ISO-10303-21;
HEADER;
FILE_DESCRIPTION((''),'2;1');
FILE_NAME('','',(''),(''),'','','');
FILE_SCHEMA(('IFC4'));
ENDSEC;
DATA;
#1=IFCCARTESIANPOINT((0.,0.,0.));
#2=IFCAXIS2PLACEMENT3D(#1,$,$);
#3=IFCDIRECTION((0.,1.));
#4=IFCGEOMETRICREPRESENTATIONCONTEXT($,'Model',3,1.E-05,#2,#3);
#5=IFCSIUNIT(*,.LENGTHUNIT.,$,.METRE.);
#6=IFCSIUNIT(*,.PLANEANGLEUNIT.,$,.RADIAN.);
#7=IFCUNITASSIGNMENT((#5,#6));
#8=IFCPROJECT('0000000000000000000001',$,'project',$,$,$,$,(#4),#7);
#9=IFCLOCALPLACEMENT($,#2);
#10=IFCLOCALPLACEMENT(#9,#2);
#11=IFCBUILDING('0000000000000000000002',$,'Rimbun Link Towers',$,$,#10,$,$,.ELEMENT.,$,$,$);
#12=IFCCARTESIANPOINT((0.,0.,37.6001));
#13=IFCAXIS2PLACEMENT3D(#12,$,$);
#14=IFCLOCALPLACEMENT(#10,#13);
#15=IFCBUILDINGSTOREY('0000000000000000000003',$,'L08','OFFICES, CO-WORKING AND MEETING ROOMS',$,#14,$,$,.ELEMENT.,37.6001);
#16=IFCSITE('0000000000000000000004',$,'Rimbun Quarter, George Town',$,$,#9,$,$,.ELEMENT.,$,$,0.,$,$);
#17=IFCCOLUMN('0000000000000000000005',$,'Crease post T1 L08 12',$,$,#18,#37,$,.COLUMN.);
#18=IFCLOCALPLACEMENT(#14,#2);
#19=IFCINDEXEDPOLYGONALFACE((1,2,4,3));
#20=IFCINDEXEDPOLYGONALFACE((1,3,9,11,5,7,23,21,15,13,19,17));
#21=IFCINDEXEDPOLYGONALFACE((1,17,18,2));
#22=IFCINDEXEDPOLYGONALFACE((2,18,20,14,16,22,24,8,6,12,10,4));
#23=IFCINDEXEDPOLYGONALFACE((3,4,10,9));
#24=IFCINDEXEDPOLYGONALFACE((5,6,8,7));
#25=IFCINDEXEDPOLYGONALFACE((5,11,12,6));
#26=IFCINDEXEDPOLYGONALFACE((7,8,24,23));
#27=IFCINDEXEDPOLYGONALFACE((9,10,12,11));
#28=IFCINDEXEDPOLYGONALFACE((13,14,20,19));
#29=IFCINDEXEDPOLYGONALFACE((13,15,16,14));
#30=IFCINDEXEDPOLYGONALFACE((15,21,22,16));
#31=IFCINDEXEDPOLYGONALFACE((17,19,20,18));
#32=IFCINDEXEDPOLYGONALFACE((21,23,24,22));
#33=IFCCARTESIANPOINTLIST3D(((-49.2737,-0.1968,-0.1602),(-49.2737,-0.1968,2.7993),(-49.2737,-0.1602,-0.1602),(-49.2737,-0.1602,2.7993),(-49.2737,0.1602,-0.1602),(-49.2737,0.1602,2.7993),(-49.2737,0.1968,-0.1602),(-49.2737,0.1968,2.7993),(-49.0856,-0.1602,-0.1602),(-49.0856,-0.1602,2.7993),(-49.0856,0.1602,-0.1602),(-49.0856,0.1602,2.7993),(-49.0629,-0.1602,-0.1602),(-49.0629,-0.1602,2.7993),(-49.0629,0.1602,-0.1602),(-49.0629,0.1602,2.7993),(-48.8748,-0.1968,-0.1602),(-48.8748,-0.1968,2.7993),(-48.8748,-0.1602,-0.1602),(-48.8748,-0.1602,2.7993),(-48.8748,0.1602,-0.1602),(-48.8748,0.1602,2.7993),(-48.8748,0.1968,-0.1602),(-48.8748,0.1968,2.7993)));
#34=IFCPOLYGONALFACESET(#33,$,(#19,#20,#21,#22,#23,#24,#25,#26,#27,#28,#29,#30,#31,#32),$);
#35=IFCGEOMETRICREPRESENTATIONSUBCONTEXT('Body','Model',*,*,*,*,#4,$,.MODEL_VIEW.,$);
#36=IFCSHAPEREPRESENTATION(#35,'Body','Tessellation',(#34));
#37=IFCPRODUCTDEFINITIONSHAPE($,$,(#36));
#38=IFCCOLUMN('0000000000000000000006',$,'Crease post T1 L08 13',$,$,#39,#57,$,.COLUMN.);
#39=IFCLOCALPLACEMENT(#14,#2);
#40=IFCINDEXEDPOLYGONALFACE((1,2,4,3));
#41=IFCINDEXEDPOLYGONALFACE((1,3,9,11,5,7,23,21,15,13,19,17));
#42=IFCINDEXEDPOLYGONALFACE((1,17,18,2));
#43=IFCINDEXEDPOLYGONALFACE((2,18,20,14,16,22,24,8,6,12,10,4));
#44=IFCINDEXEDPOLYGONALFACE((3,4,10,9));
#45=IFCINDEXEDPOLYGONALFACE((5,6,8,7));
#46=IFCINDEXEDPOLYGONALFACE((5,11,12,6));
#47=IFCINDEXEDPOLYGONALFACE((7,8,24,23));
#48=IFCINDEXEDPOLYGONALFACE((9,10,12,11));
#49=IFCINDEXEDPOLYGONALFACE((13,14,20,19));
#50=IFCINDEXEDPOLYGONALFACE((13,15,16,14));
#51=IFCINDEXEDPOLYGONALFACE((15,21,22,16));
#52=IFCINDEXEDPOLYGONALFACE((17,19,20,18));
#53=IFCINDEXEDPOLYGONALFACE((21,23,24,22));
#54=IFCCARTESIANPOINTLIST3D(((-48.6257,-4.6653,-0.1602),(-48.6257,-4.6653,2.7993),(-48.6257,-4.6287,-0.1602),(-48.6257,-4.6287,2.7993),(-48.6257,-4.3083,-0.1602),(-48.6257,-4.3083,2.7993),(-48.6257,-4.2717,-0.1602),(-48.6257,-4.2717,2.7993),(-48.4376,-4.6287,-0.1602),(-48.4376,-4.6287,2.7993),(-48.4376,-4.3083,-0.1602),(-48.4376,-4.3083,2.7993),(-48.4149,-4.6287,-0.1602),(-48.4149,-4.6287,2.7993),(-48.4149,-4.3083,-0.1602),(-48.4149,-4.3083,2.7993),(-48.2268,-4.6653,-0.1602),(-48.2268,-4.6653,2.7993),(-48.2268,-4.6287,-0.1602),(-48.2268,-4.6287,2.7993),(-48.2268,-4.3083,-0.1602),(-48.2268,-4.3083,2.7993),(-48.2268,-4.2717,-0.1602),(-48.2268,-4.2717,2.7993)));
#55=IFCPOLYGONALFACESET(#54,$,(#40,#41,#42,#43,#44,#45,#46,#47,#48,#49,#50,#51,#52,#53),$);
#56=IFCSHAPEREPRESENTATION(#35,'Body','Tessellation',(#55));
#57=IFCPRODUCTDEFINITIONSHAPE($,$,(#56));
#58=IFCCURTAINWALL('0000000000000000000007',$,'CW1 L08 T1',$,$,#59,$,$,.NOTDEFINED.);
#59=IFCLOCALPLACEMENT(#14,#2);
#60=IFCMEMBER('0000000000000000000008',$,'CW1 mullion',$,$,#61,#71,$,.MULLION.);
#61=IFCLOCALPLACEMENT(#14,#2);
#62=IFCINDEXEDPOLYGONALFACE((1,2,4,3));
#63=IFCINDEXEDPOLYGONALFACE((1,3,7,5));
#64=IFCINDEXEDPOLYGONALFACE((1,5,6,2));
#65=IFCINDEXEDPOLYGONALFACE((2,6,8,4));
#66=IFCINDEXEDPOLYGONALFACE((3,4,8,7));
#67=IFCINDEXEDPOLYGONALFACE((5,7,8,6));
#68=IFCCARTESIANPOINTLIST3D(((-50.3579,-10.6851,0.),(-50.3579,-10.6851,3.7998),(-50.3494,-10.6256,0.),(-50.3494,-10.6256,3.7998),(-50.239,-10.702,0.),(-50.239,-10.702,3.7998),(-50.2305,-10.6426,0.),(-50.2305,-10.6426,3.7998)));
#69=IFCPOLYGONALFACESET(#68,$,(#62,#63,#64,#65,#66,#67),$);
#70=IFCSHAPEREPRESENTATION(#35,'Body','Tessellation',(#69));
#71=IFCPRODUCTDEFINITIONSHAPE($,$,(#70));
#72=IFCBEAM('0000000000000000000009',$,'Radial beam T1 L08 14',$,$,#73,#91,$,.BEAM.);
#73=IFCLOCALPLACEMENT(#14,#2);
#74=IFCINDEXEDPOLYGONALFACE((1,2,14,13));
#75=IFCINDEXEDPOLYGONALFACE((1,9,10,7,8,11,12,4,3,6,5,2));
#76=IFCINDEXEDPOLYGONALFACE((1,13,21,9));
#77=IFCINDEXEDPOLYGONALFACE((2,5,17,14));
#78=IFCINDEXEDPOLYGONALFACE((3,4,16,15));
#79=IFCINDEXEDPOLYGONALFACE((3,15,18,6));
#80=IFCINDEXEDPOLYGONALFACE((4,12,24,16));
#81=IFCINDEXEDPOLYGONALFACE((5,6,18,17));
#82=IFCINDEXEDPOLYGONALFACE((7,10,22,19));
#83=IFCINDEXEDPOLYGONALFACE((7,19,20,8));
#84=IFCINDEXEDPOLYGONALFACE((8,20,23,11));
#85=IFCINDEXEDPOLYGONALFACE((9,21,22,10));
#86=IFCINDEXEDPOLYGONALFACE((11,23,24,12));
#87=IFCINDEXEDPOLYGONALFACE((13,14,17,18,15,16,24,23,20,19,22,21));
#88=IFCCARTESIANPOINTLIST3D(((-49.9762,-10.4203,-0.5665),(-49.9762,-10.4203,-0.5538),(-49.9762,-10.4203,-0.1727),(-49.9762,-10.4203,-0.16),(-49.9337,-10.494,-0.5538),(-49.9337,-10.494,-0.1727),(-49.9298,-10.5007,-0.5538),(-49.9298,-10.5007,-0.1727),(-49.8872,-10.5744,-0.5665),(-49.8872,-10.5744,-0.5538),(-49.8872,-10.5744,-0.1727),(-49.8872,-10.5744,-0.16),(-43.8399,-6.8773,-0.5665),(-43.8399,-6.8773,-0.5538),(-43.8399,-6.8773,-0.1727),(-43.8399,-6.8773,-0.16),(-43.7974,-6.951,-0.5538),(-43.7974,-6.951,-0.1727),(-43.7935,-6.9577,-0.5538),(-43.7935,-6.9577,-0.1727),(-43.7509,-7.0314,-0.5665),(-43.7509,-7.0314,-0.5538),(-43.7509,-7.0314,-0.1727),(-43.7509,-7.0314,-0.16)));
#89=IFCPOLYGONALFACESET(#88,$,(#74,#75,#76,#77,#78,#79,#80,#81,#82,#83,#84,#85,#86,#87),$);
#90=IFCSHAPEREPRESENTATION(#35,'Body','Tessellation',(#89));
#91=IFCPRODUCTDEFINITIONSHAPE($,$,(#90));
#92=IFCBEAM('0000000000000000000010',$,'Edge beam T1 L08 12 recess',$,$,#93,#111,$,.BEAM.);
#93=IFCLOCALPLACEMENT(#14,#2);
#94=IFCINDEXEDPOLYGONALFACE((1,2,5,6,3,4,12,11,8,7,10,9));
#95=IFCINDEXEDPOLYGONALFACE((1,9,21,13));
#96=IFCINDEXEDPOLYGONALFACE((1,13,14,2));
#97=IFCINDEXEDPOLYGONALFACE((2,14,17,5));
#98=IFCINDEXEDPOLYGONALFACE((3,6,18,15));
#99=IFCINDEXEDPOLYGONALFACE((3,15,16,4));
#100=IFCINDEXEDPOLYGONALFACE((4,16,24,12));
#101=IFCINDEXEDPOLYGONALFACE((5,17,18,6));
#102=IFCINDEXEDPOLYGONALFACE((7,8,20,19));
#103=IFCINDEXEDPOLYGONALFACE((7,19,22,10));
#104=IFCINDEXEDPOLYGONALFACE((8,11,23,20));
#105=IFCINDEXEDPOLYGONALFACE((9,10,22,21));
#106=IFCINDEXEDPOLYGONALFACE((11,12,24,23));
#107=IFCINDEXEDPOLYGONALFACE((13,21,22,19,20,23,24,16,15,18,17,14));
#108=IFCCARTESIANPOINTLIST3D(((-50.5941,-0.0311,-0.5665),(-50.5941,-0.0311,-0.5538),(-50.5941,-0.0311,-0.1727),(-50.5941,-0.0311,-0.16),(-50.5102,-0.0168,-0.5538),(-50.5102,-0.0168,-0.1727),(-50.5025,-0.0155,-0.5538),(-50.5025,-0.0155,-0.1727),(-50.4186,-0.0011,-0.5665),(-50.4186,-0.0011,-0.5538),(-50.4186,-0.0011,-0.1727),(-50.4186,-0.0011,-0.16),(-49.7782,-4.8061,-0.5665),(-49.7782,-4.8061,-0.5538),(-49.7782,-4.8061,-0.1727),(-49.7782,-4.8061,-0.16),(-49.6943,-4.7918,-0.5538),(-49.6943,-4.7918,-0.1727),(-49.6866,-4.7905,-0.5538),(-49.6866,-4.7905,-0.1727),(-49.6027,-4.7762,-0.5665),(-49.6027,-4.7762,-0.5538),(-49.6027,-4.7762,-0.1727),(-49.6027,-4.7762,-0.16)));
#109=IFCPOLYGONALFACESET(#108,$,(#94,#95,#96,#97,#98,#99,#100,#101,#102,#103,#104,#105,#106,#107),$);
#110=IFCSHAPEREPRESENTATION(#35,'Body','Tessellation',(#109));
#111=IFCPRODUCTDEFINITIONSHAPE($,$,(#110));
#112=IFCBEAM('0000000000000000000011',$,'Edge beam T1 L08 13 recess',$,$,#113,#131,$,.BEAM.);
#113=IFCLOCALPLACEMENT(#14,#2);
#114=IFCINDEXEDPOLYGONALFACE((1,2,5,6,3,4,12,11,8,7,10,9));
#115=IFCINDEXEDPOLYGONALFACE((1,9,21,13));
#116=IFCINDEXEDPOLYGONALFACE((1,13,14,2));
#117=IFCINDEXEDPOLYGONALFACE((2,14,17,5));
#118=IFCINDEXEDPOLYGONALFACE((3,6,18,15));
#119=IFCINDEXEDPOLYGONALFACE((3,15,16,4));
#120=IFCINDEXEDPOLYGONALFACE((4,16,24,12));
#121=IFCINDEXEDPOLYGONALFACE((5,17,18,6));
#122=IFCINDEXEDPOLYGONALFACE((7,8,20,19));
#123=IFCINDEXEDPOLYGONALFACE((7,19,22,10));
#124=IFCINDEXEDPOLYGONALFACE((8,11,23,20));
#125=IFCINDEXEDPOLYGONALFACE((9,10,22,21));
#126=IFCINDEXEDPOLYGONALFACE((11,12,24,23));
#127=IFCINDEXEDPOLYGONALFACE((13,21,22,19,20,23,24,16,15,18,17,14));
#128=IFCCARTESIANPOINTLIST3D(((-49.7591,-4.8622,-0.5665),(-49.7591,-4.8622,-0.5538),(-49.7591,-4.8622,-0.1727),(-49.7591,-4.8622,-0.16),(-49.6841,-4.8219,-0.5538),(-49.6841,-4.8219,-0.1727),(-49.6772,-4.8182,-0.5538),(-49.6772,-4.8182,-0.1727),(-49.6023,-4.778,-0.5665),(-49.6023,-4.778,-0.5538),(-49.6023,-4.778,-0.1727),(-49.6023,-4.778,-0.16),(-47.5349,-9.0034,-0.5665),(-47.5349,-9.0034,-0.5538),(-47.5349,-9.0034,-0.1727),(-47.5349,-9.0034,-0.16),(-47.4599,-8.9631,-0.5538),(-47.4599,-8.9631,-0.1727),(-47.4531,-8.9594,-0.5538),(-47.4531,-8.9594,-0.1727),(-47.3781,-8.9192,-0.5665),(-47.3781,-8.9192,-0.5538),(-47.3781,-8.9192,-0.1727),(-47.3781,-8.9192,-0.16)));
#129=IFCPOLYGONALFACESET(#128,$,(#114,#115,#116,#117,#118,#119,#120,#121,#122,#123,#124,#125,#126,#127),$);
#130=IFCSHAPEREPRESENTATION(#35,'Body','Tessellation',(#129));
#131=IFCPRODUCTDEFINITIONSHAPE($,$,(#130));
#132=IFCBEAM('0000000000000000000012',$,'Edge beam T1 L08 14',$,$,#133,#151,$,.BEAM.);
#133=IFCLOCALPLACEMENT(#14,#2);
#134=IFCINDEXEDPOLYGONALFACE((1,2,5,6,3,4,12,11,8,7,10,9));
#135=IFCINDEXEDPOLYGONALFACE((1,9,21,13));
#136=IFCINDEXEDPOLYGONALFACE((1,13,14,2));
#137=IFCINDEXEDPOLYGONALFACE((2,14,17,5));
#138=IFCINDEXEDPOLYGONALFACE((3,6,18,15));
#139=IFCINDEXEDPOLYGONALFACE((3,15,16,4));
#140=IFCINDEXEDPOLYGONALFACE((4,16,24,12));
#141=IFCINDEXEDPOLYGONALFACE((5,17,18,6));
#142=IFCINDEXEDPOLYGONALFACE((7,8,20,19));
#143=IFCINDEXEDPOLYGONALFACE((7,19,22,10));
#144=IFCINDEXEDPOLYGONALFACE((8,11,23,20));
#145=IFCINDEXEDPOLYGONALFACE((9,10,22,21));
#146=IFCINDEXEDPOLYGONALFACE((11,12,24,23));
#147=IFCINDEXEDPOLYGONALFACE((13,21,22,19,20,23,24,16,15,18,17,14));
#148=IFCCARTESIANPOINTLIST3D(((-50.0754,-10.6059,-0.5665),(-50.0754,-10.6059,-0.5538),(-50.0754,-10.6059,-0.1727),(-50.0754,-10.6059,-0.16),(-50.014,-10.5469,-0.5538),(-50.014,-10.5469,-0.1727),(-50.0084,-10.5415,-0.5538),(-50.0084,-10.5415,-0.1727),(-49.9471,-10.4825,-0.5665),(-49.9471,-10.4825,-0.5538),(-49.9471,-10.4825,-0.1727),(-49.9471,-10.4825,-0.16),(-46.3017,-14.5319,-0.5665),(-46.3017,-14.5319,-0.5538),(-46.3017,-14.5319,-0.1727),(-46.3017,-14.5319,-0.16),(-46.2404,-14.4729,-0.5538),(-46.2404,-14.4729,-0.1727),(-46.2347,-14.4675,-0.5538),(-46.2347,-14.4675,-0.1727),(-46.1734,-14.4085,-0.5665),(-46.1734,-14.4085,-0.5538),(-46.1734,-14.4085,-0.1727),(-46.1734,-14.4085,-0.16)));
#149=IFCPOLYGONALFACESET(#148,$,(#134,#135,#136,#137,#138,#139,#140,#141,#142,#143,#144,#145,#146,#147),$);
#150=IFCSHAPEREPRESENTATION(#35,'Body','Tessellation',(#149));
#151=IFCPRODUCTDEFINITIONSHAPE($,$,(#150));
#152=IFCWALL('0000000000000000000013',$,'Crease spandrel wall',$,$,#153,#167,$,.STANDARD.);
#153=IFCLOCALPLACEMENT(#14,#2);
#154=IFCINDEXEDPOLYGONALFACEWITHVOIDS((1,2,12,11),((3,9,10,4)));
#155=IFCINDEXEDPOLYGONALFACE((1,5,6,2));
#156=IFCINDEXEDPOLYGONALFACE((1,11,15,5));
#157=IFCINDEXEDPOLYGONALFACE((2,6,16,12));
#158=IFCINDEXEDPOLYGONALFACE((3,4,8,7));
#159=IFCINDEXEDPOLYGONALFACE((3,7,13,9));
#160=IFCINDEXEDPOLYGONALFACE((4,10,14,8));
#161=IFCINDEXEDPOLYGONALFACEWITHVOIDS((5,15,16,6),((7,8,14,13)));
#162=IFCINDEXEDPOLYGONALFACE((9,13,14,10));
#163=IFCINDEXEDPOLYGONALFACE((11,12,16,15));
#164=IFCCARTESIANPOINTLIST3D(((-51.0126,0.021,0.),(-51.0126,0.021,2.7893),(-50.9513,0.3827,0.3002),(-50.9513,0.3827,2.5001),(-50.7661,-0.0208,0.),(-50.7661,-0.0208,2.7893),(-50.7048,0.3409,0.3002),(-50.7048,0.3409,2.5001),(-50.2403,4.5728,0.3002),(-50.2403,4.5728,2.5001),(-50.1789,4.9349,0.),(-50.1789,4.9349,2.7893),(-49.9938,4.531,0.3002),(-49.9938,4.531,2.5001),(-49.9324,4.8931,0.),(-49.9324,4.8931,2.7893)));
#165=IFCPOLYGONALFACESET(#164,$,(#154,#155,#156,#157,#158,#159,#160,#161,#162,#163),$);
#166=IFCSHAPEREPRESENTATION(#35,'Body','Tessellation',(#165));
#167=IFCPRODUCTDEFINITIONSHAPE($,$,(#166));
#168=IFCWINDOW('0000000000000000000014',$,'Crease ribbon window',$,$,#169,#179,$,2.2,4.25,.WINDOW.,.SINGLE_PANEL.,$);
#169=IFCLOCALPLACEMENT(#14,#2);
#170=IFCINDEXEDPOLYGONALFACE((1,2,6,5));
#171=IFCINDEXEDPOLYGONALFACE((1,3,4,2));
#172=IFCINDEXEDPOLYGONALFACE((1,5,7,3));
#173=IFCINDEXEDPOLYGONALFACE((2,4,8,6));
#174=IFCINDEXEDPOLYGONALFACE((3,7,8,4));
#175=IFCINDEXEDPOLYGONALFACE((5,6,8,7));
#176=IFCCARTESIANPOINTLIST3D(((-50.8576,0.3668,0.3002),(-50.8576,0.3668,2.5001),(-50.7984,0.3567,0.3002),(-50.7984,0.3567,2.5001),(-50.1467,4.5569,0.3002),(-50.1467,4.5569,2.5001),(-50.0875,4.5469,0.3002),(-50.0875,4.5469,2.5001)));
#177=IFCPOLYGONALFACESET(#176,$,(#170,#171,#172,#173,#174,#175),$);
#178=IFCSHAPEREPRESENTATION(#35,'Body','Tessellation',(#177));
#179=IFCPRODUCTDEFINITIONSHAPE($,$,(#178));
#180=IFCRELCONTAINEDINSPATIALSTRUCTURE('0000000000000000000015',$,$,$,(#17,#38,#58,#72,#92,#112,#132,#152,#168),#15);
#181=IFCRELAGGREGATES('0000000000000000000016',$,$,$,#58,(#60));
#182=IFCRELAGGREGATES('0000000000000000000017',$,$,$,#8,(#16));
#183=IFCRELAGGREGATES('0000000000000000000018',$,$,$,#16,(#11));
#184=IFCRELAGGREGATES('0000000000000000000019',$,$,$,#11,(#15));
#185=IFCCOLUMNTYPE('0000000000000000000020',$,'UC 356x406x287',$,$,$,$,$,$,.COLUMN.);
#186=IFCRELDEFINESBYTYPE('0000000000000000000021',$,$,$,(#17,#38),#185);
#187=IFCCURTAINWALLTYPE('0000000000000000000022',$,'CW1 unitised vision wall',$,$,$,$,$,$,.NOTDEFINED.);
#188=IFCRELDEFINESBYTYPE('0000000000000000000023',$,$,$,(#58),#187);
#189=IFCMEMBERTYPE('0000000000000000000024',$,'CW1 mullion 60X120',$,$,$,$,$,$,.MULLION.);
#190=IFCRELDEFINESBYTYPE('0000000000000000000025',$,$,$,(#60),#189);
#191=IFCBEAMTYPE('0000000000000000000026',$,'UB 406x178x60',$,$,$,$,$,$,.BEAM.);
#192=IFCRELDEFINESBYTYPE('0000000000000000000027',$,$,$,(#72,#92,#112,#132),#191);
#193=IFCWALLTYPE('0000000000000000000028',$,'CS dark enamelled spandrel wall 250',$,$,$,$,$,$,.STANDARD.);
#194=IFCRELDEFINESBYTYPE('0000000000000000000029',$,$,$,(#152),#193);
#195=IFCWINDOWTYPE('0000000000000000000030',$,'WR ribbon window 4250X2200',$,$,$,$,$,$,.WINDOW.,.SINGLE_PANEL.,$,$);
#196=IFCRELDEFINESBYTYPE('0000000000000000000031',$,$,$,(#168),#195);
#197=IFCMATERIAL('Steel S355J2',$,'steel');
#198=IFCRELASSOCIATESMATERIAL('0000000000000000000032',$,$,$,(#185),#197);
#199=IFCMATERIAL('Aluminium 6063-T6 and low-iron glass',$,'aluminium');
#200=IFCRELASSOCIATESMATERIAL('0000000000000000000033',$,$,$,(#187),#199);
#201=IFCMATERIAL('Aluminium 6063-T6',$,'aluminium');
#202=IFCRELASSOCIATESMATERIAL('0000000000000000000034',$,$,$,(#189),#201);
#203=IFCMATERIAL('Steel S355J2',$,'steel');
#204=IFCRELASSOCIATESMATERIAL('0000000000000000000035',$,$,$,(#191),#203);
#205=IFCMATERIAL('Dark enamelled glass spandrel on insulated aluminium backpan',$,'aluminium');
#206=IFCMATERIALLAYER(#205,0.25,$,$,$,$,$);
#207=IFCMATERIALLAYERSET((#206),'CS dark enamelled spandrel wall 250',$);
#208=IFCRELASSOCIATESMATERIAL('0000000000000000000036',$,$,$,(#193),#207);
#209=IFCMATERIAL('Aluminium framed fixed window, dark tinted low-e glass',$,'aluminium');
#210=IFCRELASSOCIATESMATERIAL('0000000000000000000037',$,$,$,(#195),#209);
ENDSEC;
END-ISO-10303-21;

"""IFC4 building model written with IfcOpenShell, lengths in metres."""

from ifc_helpers import new_model, si_unit, direction, frame, frame_2d, origin, origin_2d, place, context, subcontext, project, spatial, rectangle, i_section, extrude, material, layer, layer_set, material_profile, profile_set, type_object, element, fill, aggregate, save


model = new_model("IFC4")

# Units and contexts
model_context = context("Model", 3, precision=1e-05, world=origin(), true_north=direction((0.0, 1.0)))
body_context = subcontext(model_context, "Body", "Model", "MODEL_VIEW")
ifc_project = project(units=[si_unit("LENGTHUNIT", "METRE"), si_unit("PLANEANGLEUNIT", "RADIAN")], contexts=[model_context])

# Site, building, storey
site_placement = place(None, origin())
site = spatial("IfcSite", under=ifc_project, at=site_placement, Name="Rimbun Quarter, George Town", CompositionType="ELEMENT", RefElevation=0.0)
building_placement = place(site_placement, origin())
building = spatial("IfcBuilding", under=site, at=building_placement, Name="Rimbun Link Towers", CompositionType="ELEMENT")
storey_placement = place(building_placement, frame((0.0, 0.0, 37.6001)))
storey = spatial("IfcBuildingStorey", under=building, at=storey_placement, Name="L08", Description="OFFICES, CO-WORKING AND MEETING ROOMS", CompositionType="ELEMENT", Elevation=37.6001)

# Columns
ifc_material_1 = material(Name="Steel S355J2", Category="steel")
ifc_material_profile_1 = material_profile(ifc_material_1, i_section(OverallWidth=0.3989, OverallDepth=0.3936, WebThickness=0.0227, FlangeThickness=0.0366, at=origin_2d()), Name="UC 356x406x287")
ifc_profile_set_1 = profile_set([ifc_material_profile_1], Name="Steel S355J2")
column_type = type_object("IfcColumnType", Name="UC 356x406x287", PredefinedType="COLUMN", material=ifc_profile_set_1)
for number, where, z_axis, x_axis, name in (
    (1, (-49.0742, 0.0, -0.1602), (0.0, 0.0, 1.0), (1.0, 0.0, 0.0), "Crease post T1 L08 12"),
    (2, (-48.4263, -4.4685, -0.1602), (0.0, 0.0, 1.0), (1.0, 0.0, 0.0), "Crease post T1 L08 13"),
):
    element("IfcColumn", number, at=place(storey_placement, frame(where, z_axis=z_axis, x_axis=x_axis)), inside=storey, type_object=column_type, Name=name, PredefinedType="COLUMN", context=body_context, shape_type="SweptSolid", body=[
        extrude(i_section(OverallWidth=0.3989, OverallDepth=0.3936, WebThickness=0.0227, FlangeThickness=0.0366, at=origin_2d()), origin(), (0.0, 0.0, 1.0), 2.9595),
    ])

# Curtain wall, member
ifc_material_2 = material(Name="Aluminium 6063-T6 and low-iron glass", Category="aluminium")
curtain_wall_type = type_object("IfcCurtainWallType", Name="CW1 unitised vision wall", PredefinedType="NOTDEFINED", material=ifc_material_2)
curtain_wall_placement = place(storey_placement, origin())
curtain_wall = element("IfcCurtainWall", 3, at=curtain_wall_placement, inside=storey, type_object=curtain_wall_type, Name="CW1 L08 T1", PredefinedType="NOTDEFINED")
ifc_material_3 = material(Name="Aluminium 6063-T6", Category="aluminium")
ifc_material_profile_2 = material_profile(ifc_material_3, rectangle(XDim=0.1201, YDim=0.0601, at=origin_2d()), Name="MULLION 60X120")
ifc_profile_set_2 = profile_set([ifc_material_profile_2], Name="Aluminium 6063-T6")
member_type = type_object("IfcMemberType", Name="CW1 mullion 60X120", PredefinedType="MULLION", material=ifc_profile_set_2)
member_placement = place(storey_placement, frame((-50.2942, -10.6638, 0.0), z_axis=(0.0, 0.0, 1.0), x_axis=(-0.990015, 0.140963, 0.0)))
member = element("IfcMember", 4, at=member_placement, type_object=member_type, Name="CW1 mullion", PredefinedType="MULLION", context=body_context, shape_type="SweptSolid", body=[
    extrude(rectangle(XDim=0.1201, YDim=0.0601, at=origin_2d()), origin(), (0.0, 0.0, 1.0), 3.7998),
])
aggregate(curtain_wall, [member])

# Beams
ifc_material_4 = material(Name="Steel S355J2", Category="steel")
ifc_material_profile_3 = material_profile(ifc_material_4, i_section(OverallWidth=0.178, OverallDepth=0.4065, WebThickness=0.0078, FlangeThickness=0.0127, at=origin_2d()), Name="UB 406x178x60")
ifc_profile_set_3 = profile_set([ifc_material_profile_3], Name="Steel S355J2")
beam_type = type_object("IfcBeamType", Name="UB 406x178x60", PredefinedType="BEAM", material=ifc_profile_set_3)
beam_1_placement = place(storey_placement, frame((-43.7954, -6.9543, -0.3633), z_axis=(-0.866012, -0.500023, 0.0), x_axis=(0.500023, -0.866012, 0.0)))
element("IfcBeam", 5, at=beam_1_placement, inside=storey, type_object=beam_type, Name="Radial beam T1 L08 14", PredefinedType="BEAM", context=body_context, shape_type="SweptSolid", body=[
    extrude(i_section(OverallWidth=0.178, OverallDepth=0.4065, WebThickness=0.0078, FlangeThickness=0.0127, at=origin_2d()), origin(), (0.0, 0.0, 1.0), 7.0857),
])
beam_2_placement = place(storey_placement, frame((-50.5063, -0.0161, -0.3633), z_axis=(0.168427, -0.985714, 0.0), x_axis=(0.985714, 0.168427, 0.0)))
element("IfcBeam", 6, at=beam_2_placement, inside=storey, type_object=beam_type, Name="Edge beam T1 L08 12 recess", PredefinedType="BEAM", context=body_context, shape_type="SweptSolid", body=[
    extrude(i_section(OverallWidth=0.178, OverallDepth=0.4065, WebThickness=0.0078, FlangeThickness=0.0127, at=origin_2d()), origin(), (0.0, 0.0, 1.0), 4.8442),
])
beam_3_placement = place(storey_placement, frame((-49.6807, -4.8201, -0.3633), z_axis=(0.473158, -0.880978, 0.0), x_axis=(0.880978, 0.473158, 0.0)))
element("IfcBeam", 7, at=beam_3_placement, inside=storey, type_object=beam_type, Name="Edge beam T1 L08 13 recess", PredefinedType="BEAM", context=body_context, shape_type="SweptSolid", body=[
    extrude(i_section(OverallWidth=0.178, OverallDepth=0.4065, WebThickness=0.0078, FlangeThickness=0.0127, at=origin_2d()), origin(), (0.0, 0.0, 1.0), 4.7007),
])
beam_4_placement = place(storey_placement, frame((-50.0112, -10.5442, -0.3633), z_axis=(0.692981, -0.720956, 0.0), x_axis=(0.720956, 0.692981, 0.0)))
element("IfcBeam", 8, at=beam_4_placement, inside=storey, type_object=beam_type, Name="Edge beam T1 L08 14", PredefinedType="BEAM", context=body_context, shape_type="SweptSolid", body=[
    extrude(i_section(OverallWidth=0.178, OverallDepth=0.4065, WebThickness=0.0078, FlangeThickness=0.0127, at=origin_2d()), origin(), (0.0, 0.0, 1.0), 5.4456),
])

# Wall, opening, window
ifc_material_5 = material(Name="Dark enamelled glass spandrel on insulated aluminium backpan", Category="aluminium")
ifc_layer_1 = layer(ifc_material_5, 0.25)
ifc_layer_set_1 = layer_set([ifc_layer_1], Name="CS dark enamelled spandrel wall 250")
wall_type_1 = type_object("IfcWallType", Name="CS dark enamelled spandrel wall 250", PredefinedType="STANDARD", material=ifc_layer_set_1)
wall_1_placement = place(storey_placement, frame((-50.8894, 0.0, 0.0), z_axis=(0.0, 0.0, 1.0), x_axis=(0.167282, 0.985909, 0.0)))
wall_1 = element("IfcWall", 9, at=wall_1_placement, inside=storey, type_object=wall_type_1, Name="Crease spandrel wall", PredefinedType="STANDARD", context=body_context, shape_type="SweptSolid", body=[
    extrude(rectangle(XDim=4.9841, YDim=0.25, at=frame_2d((2.4922, 0.0))), origin(), (0.0, 0.0, 1.0), 2.7893),
])
opening_1_placement = place(wall_1_placement, frame((0.3669, 0.0, 0.3)))
opening_1 = element("IfcOpeningElement", 10, at=opening_1_placement, cuts=wall_1, PredefinedType="OPENING", context=body_context, shape_type="SweptSolid", body=[
    extrude(rectangle(XDim=4.25, YDim=2.2, at=frame_2d((2.125, 1.1001))), frame((0.0, 0.135, 0.0), z_axis=(0.0, -1.0, 0.0), x_axis=(1.0, 0.0, 0.0)), (0.0, 0.0, 1.0), 0.27),
])
ifc_material_6 = material(Name="Aluminium framed fixed window, dark tinted low-e glass", Category="aluminium")
window_type_1 = type_object("IfcWindowType", Name="WR ribbon window 4250X2200", PartitioningType="SINGLE_PANEL", PredefinedType="WINDOW", material=ifc_material_6)
window_1_placement = place(opening_1_placement, origin())
window_1 = element("IfcWindow", 11, at=window_1_placement, inside=storey, type_object=window_type_1, Name="Crease ribbon window", OverallHeight=2.2, OverallWidth=4.25, PartitioningType="SINGLE_PANEL", PredefinedType="WINDOW", context=body_context, shape_type="SweptSolid", body=[
    extrude(rectangle(XDim=4.25, YDim=2.2, at=frame_2d((2.125, 1.1001))), frame((0.0, 0.03, 0.0), z_axis=(0.0, -1.0, 0.0), x_axis=(1.0, 0.0, 0.0)), (0.0, 0.0, 1.0), 0.0601),
])
fill(opening_1, window_1)

save(model, "model.ifc")
